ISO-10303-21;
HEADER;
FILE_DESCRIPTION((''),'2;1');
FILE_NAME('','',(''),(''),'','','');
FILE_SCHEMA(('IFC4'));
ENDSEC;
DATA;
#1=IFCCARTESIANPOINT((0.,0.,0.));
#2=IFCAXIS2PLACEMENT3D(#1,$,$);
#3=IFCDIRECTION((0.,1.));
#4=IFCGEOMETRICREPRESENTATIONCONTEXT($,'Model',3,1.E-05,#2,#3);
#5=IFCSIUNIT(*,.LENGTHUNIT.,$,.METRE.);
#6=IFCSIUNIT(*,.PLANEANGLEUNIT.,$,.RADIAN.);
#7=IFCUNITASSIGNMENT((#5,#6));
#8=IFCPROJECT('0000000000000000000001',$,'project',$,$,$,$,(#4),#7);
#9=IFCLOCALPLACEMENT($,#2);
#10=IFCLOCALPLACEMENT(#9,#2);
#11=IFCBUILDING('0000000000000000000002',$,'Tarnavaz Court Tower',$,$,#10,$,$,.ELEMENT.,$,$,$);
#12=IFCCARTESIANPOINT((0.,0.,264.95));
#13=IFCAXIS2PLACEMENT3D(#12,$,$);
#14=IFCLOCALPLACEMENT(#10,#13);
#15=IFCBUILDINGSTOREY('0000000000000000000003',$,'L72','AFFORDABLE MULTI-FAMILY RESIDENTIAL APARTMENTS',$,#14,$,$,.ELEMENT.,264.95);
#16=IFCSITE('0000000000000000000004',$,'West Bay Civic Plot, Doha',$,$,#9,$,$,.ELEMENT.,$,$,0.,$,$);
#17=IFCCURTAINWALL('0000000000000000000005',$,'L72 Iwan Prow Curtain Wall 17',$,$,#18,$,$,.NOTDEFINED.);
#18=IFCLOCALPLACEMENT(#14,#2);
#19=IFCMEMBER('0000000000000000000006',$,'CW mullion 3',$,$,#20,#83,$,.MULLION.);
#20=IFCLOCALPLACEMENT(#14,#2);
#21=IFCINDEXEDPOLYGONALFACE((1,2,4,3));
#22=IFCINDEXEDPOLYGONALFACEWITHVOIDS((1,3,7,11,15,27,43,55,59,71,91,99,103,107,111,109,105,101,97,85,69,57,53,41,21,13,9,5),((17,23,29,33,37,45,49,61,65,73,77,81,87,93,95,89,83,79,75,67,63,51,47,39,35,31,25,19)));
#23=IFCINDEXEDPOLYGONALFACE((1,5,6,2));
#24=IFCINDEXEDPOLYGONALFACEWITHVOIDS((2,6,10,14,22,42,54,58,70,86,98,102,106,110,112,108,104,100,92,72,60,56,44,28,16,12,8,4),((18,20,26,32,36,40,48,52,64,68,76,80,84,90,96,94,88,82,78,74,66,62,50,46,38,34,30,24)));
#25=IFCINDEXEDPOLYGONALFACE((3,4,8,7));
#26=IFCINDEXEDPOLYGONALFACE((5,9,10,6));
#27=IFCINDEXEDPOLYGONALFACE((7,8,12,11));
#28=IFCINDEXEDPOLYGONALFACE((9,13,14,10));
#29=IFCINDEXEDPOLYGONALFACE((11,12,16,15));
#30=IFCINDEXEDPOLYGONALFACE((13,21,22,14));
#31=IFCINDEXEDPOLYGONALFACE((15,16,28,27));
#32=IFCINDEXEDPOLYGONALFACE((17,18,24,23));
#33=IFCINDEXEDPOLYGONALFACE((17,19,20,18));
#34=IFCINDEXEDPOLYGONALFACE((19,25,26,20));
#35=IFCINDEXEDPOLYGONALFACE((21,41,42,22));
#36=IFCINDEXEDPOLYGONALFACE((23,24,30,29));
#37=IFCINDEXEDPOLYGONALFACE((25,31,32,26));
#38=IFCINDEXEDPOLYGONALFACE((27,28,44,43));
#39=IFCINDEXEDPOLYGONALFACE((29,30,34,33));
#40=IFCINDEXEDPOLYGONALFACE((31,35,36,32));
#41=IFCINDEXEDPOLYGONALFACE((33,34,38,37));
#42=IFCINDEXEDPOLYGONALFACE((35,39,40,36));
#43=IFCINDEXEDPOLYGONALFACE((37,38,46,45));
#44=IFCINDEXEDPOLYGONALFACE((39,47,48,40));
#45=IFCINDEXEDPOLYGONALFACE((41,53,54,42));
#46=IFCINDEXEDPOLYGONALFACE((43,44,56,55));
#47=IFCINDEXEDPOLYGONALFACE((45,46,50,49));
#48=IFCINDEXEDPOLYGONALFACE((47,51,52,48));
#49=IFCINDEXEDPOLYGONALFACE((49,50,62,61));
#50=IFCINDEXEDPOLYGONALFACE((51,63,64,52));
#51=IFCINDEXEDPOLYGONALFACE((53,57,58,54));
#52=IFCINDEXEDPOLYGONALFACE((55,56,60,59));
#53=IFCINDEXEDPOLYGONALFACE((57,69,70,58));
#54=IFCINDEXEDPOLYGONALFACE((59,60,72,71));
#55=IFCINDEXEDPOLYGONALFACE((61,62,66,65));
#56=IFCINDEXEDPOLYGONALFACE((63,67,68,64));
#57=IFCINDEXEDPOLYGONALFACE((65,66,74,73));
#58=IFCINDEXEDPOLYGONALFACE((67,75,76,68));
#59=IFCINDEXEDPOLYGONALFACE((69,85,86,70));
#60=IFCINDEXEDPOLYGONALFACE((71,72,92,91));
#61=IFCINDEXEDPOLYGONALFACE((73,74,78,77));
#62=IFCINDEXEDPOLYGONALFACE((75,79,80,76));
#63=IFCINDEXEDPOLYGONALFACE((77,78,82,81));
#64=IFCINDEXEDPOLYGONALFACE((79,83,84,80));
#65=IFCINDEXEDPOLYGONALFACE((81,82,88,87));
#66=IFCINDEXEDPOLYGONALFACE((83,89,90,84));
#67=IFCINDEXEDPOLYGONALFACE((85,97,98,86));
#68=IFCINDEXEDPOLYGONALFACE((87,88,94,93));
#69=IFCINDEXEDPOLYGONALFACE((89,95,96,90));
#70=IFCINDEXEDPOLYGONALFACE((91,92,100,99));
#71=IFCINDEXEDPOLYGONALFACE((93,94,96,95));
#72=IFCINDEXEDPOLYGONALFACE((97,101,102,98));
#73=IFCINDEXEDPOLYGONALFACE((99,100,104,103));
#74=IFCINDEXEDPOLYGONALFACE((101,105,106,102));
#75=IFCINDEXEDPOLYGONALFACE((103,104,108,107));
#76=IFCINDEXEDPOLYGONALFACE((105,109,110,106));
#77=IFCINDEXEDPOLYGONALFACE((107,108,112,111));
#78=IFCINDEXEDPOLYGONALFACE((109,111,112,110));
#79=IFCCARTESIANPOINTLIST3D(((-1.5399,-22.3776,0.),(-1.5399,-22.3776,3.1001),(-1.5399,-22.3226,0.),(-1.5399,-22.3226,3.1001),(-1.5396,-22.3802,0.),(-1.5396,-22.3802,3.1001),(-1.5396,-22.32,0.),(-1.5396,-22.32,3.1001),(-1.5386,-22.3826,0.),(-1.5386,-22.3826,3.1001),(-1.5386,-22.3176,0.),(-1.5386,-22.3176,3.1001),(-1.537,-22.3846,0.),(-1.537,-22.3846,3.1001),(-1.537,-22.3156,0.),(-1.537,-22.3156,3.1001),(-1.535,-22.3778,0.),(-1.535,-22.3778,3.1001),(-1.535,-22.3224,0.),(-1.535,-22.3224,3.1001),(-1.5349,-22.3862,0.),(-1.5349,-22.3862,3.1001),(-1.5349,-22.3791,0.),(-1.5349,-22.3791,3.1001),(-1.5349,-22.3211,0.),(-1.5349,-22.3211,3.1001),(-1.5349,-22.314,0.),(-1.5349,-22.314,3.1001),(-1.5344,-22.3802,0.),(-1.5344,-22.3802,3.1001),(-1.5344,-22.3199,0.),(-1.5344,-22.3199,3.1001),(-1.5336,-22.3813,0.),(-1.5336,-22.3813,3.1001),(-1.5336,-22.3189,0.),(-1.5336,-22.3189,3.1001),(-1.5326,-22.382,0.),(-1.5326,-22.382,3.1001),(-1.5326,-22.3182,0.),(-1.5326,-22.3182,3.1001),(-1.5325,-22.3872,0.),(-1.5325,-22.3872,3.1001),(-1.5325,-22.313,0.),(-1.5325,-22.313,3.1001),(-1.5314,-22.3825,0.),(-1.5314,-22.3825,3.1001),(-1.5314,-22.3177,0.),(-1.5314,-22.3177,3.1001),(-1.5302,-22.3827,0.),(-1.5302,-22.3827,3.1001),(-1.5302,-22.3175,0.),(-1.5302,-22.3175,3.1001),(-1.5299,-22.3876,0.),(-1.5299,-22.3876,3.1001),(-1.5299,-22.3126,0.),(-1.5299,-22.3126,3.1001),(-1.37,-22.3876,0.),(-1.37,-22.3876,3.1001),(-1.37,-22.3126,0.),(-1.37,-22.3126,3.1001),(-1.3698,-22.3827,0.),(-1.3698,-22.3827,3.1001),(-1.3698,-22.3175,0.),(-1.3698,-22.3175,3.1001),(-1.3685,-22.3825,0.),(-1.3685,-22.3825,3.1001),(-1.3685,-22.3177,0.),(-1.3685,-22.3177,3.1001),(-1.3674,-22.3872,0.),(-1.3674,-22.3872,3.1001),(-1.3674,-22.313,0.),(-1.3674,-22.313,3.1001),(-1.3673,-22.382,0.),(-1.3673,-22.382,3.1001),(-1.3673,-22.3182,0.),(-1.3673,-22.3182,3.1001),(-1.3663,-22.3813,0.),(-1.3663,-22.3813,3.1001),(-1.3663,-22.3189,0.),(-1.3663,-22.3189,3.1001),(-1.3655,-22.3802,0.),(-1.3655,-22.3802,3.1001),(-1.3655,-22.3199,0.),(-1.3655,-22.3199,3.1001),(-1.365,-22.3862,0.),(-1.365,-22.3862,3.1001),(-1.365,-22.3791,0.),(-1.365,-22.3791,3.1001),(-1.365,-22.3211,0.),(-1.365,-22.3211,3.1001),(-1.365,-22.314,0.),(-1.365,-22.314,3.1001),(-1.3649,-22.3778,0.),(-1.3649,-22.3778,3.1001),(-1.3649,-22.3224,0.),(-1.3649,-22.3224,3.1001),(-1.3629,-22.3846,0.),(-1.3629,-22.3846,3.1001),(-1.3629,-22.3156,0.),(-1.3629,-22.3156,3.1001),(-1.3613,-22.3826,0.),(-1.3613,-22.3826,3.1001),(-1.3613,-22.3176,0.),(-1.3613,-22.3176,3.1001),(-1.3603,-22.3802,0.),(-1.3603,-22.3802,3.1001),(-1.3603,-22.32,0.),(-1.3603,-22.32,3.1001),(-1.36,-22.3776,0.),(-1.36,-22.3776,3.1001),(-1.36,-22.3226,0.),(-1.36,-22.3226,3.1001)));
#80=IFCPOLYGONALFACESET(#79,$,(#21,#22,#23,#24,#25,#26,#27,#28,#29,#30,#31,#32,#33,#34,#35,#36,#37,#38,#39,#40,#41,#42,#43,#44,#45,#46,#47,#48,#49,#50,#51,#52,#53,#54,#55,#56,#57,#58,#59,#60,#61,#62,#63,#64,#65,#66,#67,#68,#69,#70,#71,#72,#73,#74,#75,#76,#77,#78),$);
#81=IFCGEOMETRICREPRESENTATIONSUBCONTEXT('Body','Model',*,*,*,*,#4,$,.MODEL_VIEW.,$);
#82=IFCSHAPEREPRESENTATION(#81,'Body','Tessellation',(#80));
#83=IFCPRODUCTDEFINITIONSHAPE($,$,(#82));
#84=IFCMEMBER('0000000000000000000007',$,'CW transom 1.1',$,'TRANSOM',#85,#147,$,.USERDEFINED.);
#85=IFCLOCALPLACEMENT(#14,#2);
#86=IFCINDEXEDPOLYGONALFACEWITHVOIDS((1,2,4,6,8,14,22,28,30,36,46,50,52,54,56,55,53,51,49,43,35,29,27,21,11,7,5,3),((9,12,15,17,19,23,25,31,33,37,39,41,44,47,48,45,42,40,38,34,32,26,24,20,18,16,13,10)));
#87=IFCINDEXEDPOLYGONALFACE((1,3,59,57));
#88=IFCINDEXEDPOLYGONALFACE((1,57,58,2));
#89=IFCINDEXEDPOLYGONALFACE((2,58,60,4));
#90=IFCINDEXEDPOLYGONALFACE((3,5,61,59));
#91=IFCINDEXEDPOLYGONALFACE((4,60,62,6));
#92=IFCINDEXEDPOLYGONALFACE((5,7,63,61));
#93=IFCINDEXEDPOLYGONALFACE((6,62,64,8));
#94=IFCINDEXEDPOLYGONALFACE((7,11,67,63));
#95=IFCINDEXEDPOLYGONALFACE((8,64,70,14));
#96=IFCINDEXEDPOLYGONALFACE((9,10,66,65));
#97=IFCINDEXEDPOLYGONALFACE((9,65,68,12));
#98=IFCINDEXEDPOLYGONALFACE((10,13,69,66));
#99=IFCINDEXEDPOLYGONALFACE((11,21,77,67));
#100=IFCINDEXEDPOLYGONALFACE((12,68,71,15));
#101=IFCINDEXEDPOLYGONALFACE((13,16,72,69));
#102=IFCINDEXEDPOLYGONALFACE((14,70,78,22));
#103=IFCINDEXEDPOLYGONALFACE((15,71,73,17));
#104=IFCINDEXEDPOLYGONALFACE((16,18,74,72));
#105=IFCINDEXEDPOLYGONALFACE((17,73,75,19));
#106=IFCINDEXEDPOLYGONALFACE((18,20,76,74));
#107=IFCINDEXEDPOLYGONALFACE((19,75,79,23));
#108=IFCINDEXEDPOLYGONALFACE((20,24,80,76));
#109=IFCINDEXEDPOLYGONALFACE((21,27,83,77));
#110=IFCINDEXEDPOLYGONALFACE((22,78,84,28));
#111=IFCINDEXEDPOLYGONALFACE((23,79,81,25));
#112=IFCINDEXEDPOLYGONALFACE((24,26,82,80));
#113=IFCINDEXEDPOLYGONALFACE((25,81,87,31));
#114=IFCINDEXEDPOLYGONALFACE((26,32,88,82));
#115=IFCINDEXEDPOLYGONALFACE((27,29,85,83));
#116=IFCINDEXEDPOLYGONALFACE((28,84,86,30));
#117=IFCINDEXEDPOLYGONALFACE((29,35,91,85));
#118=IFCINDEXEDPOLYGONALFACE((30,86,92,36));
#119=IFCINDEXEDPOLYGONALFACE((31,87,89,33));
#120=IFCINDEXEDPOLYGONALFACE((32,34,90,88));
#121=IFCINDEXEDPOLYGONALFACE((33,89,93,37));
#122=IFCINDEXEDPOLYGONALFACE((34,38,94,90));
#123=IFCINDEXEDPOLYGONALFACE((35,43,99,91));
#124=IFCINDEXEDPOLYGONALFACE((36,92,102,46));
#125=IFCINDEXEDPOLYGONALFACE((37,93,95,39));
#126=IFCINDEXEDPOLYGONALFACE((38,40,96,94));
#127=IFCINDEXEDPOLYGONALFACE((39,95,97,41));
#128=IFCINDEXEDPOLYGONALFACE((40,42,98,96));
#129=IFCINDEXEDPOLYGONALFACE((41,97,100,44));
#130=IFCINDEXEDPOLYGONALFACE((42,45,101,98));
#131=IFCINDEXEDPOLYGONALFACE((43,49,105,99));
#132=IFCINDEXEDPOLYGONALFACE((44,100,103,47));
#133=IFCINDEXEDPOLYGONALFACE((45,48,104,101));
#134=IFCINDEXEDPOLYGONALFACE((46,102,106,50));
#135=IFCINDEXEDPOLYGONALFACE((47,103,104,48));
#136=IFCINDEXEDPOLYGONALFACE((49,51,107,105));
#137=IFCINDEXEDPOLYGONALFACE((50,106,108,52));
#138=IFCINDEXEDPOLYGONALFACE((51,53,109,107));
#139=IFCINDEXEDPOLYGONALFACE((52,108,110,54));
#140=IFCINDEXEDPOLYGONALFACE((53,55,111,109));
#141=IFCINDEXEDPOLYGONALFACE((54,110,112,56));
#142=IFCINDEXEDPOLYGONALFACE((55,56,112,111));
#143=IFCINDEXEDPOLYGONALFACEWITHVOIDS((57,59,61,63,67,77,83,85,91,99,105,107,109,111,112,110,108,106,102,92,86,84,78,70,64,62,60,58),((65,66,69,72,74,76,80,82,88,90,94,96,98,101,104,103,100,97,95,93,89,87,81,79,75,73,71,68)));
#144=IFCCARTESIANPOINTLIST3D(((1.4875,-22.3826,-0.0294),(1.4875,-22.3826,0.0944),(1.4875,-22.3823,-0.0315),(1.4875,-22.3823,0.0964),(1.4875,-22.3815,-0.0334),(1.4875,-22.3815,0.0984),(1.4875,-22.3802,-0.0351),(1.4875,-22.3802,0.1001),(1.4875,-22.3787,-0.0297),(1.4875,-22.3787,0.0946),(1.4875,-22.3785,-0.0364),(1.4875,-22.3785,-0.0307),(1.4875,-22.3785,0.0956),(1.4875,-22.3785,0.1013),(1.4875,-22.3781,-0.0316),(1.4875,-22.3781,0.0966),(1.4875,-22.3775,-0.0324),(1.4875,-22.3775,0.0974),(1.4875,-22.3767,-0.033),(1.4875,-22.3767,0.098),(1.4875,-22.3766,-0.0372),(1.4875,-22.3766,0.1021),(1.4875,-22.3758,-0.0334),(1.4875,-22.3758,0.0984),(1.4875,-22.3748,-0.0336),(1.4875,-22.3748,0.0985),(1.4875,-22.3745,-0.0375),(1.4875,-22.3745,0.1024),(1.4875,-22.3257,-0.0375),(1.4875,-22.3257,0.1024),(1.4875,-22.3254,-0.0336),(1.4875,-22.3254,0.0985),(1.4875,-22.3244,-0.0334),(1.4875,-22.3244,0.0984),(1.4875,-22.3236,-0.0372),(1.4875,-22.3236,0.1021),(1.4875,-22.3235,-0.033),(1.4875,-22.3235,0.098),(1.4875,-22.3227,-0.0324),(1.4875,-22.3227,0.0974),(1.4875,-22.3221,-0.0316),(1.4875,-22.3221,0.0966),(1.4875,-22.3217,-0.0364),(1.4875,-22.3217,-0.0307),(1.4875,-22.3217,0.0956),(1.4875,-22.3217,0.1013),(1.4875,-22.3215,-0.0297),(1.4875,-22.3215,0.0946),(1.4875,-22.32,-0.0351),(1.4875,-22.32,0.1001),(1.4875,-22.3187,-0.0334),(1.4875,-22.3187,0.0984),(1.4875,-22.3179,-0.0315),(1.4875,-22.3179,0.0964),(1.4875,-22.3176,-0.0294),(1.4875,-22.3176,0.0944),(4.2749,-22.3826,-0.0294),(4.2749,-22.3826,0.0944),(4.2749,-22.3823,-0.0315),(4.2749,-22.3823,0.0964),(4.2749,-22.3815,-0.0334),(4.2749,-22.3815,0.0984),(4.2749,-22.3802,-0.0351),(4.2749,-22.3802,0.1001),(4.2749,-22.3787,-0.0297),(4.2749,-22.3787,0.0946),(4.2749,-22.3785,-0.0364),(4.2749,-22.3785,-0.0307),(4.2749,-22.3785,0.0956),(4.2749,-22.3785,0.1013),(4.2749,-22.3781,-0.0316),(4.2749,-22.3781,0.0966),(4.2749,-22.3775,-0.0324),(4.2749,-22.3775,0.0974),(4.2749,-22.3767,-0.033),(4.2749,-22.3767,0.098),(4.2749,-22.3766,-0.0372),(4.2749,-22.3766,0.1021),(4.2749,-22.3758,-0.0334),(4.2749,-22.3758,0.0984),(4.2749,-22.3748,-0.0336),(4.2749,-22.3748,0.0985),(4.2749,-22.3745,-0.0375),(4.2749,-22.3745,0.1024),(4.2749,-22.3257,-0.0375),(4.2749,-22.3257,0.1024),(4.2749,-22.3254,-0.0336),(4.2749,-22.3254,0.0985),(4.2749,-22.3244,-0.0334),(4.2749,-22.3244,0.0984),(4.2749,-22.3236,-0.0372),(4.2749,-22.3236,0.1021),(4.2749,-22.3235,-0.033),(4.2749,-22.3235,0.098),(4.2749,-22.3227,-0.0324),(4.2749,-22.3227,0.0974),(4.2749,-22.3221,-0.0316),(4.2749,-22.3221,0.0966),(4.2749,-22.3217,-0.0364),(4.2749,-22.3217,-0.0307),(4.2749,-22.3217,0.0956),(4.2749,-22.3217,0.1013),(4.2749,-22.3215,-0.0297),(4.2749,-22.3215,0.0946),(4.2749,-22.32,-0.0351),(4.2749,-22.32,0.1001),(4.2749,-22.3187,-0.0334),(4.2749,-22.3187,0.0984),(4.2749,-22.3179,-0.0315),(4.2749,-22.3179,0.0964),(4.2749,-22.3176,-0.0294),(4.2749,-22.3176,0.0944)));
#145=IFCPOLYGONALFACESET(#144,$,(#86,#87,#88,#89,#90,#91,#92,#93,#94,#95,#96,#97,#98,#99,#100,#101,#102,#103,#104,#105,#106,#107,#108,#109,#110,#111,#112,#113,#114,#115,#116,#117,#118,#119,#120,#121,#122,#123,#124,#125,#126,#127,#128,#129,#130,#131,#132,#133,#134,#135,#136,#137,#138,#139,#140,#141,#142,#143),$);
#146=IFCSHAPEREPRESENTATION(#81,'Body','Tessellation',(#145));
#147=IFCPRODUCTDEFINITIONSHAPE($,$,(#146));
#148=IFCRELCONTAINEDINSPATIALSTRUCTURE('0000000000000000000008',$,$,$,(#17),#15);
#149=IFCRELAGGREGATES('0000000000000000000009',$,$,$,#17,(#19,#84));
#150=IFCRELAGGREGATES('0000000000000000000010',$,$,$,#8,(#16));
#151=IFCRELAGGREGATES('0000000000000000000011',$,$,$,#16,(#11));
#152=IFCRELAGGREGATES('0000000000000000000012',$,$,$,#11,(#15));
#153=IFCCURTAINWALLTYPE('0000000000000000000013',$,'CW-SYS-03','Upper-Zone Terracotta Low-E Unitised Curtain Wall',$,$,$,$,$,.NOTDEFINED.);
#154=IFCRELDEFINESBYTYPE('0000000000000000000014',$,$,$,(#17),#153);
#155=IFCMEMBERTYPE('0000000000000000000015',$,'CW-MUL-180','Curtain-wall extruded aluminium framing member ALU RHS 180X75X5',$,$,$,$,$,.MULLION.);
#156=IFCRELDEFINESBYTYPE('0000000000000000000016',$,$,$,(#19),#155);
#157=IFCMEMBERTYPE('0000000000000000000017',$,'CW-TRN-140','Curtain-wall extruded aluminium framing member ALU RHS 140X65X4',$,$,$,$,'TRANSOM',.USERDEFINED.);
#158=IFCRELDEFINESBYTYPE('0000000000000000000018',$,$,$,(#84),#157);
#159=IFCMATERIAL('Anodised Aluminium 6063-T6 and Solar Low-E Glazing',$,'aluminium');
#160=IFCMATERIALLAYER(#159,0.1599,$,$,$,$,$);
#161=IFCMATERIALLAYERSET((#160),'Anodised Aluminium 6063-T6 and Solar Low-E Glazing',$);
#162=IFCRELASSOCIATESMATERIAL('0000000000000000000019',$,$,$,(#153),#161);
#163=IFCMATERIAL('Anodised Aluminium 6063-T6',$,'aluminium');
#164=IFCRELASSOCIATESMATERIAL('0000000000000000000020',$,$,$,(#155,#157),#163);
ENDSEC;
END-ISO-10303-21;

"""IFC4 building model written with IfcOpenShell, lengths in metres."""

from ifc_helpers import new_model, si_unit, direction, frame, origin, origin_2d, place, context, subcontext, project, spatial, hollow_rectangle, extrude, material, layer, layer_set, material_profile, profile_set, type_object, element, aggregate, save


model = new_model("IFC4")

# Units and contexts
model_context = context("Model", 3, precision=1e-05, world=origin(), true_north=direction((0.0, 1.0)))
body_context = subcontext(model_context, "Body", "Model", "MODEL_VIEW")
ifc_project = project(units=[si_unit("LENGTHUNIT", "METRE"), si_unit("PLANEANGLEUNIT", "RADIAN")], contexts=[model_context])

# Site, building, storey
site_placement = place(None, origin())
site = spatial("IfcSite", under=ifc_project, at=site_placement, Name="West Bay Civic Plot, Doha", CompositionType="ELEMENT", RefElevation=0.0)
building_placement = place(site_placement, origin())
building = spatial("IfcBuilding", under=site, at=building_placement, Name="Tarnavaz Court Tower", CompositionType="ELEMENT")
storey_placement = place(building_placement, frame((0.0, 0.0, 264.95)))
storey = spatial("IfcBuildingStorey", under=building, at=storey_placement, Name="L72", Description="AFFORDABLE MULTI-FAMILY RESIDENTIAL APARTMENTS", CompositionType="ELEMENT", Elevation=264.95)

# Curtain wall, members
ifc_material_1 = material(Name="Anodised Aluminium 6063-T6 and Solar Low-E Glazing", Category="aluminium")
ifc_layer_1 = layer(ifc_material_1, 0.1599)
ifc_layer_set_1 = layer_set([ifc_layer_1], Name="Anodised Aluminium 6063-T6 and Solar Low-E Glazing")
curtain_wall_type = type_object("IfcCurtainWallType", Name="CW-SYS-03", Description="Upper-Zone Terracotta Low-E Unitised Curtain Wall", PredefinedType="NOTDEFINED", material=ifc_layer_set_1)
curtain_wall_placement = place(storey_placement, origin())
curtain_wall = element("IfcCurtainWall", 1, at=curtain_wall_placement, inside=storey, type_object=curtain_wall_type, Name="L72 Iwan Prow Curtain Wall 17", PredefinedType="NOTDEFINED")
ifc_material_2 = material(Name="Anodised Aluminium 6063-T6", Category="aluminium")
ifc_material_profile_1 = material_profile(ifc_material_2, hollow_rectangle(XDim=0.075, YDim=0.1799, WallThickness=0.0049, InnerFilletRadius=0.0049, OuterFilletRadius=0.01, at=origin_2d()), Name="ALU RHS 180X75X5")
ifc_profile_set_1 = profile_set([ifc_material_profile_1], Name="Anodised Aluminium 6063-T6")
member_type_1 = type_object("IfcMemberType", Name="CW-MUL-180", Description="Curtain-wall extruded aluminium framing member ALU RHS 180X75X5", PredefinedType="MULLION", material=ifc_profile_set_1)
member_1_placement = place(storey_placement, frame((-1.45, -22.3501, 0.0), z_axis=(0.0, 0.0, 1.0), x_axis=(0.0, -1.0, 0.0)))
member_1 = element("IfcMember", 2, at=member_1_placement, type_object=member_type_1, Name="CW mullion 3", PredefinedType="MULLION", context=body_context, shape_type="SweptSolid", body=[
    extrude(hollow_rectangle(XDim=0.075, YDim=0.1799, WallThickness=0.0049, InnerFilletRadius=0.0049, OuterFilletRadius=0.01, at=origin_2d()), origin(), (0.0, 0.0, 1.0), 3.1001),
])
ifc_material_profile_2 = material_profile(ifc_material_2, hollow_rectangle(XDim=0.0649, YDim=0.1399, WallThickness=0.0039, InnerFilletRadius=0.0039, OuterFilletRadius=0.0081, at=origin_2d()), Name="ALU RHS 140X65X4")
ifc_profile_set_2 = profile_set([ifc_material_profile_2], Name="Anodised Aluminium 6063-T6")
member_type_2 = type_object("IfcMemberType", Name="CW-TRN-140", Description="Curtain-wall extruded aluminium framing member ALU RHS 140X65X4", ElementType="TRANSOM", PredefinedType="USERDEFINED", material=ifc_profile_set_2)
member_2_placement = place(storey_placement, frame((4.2749, -22.3501, 0.0325), z_axis=(-1.0, 0.0, 0.0), x_axis=(0.0, -1.0, 0.0)))
member_2 = element("IfcMember", 3, at=member_2_placement, type_object=member_type_2, Name="CW transom 1.1", ObjectType="TRANSOM", PredefinedType="USERDEFINED", context=body_context, shape_type="SweptSolid", body=[
    extrude(hollow_rectangle(XDim=0.0649, YDim=0.1399, WallThickness=0.0039, InnerFilletRadius=0.0039, OuterFilletRadius=0.0081, at=origin_2d()), origin(), (0.0, 0.0, 1.0), 2.7874),
])
aggregate(curtain_wall, [member_1, member_2])

save(model, "model.ifc")
